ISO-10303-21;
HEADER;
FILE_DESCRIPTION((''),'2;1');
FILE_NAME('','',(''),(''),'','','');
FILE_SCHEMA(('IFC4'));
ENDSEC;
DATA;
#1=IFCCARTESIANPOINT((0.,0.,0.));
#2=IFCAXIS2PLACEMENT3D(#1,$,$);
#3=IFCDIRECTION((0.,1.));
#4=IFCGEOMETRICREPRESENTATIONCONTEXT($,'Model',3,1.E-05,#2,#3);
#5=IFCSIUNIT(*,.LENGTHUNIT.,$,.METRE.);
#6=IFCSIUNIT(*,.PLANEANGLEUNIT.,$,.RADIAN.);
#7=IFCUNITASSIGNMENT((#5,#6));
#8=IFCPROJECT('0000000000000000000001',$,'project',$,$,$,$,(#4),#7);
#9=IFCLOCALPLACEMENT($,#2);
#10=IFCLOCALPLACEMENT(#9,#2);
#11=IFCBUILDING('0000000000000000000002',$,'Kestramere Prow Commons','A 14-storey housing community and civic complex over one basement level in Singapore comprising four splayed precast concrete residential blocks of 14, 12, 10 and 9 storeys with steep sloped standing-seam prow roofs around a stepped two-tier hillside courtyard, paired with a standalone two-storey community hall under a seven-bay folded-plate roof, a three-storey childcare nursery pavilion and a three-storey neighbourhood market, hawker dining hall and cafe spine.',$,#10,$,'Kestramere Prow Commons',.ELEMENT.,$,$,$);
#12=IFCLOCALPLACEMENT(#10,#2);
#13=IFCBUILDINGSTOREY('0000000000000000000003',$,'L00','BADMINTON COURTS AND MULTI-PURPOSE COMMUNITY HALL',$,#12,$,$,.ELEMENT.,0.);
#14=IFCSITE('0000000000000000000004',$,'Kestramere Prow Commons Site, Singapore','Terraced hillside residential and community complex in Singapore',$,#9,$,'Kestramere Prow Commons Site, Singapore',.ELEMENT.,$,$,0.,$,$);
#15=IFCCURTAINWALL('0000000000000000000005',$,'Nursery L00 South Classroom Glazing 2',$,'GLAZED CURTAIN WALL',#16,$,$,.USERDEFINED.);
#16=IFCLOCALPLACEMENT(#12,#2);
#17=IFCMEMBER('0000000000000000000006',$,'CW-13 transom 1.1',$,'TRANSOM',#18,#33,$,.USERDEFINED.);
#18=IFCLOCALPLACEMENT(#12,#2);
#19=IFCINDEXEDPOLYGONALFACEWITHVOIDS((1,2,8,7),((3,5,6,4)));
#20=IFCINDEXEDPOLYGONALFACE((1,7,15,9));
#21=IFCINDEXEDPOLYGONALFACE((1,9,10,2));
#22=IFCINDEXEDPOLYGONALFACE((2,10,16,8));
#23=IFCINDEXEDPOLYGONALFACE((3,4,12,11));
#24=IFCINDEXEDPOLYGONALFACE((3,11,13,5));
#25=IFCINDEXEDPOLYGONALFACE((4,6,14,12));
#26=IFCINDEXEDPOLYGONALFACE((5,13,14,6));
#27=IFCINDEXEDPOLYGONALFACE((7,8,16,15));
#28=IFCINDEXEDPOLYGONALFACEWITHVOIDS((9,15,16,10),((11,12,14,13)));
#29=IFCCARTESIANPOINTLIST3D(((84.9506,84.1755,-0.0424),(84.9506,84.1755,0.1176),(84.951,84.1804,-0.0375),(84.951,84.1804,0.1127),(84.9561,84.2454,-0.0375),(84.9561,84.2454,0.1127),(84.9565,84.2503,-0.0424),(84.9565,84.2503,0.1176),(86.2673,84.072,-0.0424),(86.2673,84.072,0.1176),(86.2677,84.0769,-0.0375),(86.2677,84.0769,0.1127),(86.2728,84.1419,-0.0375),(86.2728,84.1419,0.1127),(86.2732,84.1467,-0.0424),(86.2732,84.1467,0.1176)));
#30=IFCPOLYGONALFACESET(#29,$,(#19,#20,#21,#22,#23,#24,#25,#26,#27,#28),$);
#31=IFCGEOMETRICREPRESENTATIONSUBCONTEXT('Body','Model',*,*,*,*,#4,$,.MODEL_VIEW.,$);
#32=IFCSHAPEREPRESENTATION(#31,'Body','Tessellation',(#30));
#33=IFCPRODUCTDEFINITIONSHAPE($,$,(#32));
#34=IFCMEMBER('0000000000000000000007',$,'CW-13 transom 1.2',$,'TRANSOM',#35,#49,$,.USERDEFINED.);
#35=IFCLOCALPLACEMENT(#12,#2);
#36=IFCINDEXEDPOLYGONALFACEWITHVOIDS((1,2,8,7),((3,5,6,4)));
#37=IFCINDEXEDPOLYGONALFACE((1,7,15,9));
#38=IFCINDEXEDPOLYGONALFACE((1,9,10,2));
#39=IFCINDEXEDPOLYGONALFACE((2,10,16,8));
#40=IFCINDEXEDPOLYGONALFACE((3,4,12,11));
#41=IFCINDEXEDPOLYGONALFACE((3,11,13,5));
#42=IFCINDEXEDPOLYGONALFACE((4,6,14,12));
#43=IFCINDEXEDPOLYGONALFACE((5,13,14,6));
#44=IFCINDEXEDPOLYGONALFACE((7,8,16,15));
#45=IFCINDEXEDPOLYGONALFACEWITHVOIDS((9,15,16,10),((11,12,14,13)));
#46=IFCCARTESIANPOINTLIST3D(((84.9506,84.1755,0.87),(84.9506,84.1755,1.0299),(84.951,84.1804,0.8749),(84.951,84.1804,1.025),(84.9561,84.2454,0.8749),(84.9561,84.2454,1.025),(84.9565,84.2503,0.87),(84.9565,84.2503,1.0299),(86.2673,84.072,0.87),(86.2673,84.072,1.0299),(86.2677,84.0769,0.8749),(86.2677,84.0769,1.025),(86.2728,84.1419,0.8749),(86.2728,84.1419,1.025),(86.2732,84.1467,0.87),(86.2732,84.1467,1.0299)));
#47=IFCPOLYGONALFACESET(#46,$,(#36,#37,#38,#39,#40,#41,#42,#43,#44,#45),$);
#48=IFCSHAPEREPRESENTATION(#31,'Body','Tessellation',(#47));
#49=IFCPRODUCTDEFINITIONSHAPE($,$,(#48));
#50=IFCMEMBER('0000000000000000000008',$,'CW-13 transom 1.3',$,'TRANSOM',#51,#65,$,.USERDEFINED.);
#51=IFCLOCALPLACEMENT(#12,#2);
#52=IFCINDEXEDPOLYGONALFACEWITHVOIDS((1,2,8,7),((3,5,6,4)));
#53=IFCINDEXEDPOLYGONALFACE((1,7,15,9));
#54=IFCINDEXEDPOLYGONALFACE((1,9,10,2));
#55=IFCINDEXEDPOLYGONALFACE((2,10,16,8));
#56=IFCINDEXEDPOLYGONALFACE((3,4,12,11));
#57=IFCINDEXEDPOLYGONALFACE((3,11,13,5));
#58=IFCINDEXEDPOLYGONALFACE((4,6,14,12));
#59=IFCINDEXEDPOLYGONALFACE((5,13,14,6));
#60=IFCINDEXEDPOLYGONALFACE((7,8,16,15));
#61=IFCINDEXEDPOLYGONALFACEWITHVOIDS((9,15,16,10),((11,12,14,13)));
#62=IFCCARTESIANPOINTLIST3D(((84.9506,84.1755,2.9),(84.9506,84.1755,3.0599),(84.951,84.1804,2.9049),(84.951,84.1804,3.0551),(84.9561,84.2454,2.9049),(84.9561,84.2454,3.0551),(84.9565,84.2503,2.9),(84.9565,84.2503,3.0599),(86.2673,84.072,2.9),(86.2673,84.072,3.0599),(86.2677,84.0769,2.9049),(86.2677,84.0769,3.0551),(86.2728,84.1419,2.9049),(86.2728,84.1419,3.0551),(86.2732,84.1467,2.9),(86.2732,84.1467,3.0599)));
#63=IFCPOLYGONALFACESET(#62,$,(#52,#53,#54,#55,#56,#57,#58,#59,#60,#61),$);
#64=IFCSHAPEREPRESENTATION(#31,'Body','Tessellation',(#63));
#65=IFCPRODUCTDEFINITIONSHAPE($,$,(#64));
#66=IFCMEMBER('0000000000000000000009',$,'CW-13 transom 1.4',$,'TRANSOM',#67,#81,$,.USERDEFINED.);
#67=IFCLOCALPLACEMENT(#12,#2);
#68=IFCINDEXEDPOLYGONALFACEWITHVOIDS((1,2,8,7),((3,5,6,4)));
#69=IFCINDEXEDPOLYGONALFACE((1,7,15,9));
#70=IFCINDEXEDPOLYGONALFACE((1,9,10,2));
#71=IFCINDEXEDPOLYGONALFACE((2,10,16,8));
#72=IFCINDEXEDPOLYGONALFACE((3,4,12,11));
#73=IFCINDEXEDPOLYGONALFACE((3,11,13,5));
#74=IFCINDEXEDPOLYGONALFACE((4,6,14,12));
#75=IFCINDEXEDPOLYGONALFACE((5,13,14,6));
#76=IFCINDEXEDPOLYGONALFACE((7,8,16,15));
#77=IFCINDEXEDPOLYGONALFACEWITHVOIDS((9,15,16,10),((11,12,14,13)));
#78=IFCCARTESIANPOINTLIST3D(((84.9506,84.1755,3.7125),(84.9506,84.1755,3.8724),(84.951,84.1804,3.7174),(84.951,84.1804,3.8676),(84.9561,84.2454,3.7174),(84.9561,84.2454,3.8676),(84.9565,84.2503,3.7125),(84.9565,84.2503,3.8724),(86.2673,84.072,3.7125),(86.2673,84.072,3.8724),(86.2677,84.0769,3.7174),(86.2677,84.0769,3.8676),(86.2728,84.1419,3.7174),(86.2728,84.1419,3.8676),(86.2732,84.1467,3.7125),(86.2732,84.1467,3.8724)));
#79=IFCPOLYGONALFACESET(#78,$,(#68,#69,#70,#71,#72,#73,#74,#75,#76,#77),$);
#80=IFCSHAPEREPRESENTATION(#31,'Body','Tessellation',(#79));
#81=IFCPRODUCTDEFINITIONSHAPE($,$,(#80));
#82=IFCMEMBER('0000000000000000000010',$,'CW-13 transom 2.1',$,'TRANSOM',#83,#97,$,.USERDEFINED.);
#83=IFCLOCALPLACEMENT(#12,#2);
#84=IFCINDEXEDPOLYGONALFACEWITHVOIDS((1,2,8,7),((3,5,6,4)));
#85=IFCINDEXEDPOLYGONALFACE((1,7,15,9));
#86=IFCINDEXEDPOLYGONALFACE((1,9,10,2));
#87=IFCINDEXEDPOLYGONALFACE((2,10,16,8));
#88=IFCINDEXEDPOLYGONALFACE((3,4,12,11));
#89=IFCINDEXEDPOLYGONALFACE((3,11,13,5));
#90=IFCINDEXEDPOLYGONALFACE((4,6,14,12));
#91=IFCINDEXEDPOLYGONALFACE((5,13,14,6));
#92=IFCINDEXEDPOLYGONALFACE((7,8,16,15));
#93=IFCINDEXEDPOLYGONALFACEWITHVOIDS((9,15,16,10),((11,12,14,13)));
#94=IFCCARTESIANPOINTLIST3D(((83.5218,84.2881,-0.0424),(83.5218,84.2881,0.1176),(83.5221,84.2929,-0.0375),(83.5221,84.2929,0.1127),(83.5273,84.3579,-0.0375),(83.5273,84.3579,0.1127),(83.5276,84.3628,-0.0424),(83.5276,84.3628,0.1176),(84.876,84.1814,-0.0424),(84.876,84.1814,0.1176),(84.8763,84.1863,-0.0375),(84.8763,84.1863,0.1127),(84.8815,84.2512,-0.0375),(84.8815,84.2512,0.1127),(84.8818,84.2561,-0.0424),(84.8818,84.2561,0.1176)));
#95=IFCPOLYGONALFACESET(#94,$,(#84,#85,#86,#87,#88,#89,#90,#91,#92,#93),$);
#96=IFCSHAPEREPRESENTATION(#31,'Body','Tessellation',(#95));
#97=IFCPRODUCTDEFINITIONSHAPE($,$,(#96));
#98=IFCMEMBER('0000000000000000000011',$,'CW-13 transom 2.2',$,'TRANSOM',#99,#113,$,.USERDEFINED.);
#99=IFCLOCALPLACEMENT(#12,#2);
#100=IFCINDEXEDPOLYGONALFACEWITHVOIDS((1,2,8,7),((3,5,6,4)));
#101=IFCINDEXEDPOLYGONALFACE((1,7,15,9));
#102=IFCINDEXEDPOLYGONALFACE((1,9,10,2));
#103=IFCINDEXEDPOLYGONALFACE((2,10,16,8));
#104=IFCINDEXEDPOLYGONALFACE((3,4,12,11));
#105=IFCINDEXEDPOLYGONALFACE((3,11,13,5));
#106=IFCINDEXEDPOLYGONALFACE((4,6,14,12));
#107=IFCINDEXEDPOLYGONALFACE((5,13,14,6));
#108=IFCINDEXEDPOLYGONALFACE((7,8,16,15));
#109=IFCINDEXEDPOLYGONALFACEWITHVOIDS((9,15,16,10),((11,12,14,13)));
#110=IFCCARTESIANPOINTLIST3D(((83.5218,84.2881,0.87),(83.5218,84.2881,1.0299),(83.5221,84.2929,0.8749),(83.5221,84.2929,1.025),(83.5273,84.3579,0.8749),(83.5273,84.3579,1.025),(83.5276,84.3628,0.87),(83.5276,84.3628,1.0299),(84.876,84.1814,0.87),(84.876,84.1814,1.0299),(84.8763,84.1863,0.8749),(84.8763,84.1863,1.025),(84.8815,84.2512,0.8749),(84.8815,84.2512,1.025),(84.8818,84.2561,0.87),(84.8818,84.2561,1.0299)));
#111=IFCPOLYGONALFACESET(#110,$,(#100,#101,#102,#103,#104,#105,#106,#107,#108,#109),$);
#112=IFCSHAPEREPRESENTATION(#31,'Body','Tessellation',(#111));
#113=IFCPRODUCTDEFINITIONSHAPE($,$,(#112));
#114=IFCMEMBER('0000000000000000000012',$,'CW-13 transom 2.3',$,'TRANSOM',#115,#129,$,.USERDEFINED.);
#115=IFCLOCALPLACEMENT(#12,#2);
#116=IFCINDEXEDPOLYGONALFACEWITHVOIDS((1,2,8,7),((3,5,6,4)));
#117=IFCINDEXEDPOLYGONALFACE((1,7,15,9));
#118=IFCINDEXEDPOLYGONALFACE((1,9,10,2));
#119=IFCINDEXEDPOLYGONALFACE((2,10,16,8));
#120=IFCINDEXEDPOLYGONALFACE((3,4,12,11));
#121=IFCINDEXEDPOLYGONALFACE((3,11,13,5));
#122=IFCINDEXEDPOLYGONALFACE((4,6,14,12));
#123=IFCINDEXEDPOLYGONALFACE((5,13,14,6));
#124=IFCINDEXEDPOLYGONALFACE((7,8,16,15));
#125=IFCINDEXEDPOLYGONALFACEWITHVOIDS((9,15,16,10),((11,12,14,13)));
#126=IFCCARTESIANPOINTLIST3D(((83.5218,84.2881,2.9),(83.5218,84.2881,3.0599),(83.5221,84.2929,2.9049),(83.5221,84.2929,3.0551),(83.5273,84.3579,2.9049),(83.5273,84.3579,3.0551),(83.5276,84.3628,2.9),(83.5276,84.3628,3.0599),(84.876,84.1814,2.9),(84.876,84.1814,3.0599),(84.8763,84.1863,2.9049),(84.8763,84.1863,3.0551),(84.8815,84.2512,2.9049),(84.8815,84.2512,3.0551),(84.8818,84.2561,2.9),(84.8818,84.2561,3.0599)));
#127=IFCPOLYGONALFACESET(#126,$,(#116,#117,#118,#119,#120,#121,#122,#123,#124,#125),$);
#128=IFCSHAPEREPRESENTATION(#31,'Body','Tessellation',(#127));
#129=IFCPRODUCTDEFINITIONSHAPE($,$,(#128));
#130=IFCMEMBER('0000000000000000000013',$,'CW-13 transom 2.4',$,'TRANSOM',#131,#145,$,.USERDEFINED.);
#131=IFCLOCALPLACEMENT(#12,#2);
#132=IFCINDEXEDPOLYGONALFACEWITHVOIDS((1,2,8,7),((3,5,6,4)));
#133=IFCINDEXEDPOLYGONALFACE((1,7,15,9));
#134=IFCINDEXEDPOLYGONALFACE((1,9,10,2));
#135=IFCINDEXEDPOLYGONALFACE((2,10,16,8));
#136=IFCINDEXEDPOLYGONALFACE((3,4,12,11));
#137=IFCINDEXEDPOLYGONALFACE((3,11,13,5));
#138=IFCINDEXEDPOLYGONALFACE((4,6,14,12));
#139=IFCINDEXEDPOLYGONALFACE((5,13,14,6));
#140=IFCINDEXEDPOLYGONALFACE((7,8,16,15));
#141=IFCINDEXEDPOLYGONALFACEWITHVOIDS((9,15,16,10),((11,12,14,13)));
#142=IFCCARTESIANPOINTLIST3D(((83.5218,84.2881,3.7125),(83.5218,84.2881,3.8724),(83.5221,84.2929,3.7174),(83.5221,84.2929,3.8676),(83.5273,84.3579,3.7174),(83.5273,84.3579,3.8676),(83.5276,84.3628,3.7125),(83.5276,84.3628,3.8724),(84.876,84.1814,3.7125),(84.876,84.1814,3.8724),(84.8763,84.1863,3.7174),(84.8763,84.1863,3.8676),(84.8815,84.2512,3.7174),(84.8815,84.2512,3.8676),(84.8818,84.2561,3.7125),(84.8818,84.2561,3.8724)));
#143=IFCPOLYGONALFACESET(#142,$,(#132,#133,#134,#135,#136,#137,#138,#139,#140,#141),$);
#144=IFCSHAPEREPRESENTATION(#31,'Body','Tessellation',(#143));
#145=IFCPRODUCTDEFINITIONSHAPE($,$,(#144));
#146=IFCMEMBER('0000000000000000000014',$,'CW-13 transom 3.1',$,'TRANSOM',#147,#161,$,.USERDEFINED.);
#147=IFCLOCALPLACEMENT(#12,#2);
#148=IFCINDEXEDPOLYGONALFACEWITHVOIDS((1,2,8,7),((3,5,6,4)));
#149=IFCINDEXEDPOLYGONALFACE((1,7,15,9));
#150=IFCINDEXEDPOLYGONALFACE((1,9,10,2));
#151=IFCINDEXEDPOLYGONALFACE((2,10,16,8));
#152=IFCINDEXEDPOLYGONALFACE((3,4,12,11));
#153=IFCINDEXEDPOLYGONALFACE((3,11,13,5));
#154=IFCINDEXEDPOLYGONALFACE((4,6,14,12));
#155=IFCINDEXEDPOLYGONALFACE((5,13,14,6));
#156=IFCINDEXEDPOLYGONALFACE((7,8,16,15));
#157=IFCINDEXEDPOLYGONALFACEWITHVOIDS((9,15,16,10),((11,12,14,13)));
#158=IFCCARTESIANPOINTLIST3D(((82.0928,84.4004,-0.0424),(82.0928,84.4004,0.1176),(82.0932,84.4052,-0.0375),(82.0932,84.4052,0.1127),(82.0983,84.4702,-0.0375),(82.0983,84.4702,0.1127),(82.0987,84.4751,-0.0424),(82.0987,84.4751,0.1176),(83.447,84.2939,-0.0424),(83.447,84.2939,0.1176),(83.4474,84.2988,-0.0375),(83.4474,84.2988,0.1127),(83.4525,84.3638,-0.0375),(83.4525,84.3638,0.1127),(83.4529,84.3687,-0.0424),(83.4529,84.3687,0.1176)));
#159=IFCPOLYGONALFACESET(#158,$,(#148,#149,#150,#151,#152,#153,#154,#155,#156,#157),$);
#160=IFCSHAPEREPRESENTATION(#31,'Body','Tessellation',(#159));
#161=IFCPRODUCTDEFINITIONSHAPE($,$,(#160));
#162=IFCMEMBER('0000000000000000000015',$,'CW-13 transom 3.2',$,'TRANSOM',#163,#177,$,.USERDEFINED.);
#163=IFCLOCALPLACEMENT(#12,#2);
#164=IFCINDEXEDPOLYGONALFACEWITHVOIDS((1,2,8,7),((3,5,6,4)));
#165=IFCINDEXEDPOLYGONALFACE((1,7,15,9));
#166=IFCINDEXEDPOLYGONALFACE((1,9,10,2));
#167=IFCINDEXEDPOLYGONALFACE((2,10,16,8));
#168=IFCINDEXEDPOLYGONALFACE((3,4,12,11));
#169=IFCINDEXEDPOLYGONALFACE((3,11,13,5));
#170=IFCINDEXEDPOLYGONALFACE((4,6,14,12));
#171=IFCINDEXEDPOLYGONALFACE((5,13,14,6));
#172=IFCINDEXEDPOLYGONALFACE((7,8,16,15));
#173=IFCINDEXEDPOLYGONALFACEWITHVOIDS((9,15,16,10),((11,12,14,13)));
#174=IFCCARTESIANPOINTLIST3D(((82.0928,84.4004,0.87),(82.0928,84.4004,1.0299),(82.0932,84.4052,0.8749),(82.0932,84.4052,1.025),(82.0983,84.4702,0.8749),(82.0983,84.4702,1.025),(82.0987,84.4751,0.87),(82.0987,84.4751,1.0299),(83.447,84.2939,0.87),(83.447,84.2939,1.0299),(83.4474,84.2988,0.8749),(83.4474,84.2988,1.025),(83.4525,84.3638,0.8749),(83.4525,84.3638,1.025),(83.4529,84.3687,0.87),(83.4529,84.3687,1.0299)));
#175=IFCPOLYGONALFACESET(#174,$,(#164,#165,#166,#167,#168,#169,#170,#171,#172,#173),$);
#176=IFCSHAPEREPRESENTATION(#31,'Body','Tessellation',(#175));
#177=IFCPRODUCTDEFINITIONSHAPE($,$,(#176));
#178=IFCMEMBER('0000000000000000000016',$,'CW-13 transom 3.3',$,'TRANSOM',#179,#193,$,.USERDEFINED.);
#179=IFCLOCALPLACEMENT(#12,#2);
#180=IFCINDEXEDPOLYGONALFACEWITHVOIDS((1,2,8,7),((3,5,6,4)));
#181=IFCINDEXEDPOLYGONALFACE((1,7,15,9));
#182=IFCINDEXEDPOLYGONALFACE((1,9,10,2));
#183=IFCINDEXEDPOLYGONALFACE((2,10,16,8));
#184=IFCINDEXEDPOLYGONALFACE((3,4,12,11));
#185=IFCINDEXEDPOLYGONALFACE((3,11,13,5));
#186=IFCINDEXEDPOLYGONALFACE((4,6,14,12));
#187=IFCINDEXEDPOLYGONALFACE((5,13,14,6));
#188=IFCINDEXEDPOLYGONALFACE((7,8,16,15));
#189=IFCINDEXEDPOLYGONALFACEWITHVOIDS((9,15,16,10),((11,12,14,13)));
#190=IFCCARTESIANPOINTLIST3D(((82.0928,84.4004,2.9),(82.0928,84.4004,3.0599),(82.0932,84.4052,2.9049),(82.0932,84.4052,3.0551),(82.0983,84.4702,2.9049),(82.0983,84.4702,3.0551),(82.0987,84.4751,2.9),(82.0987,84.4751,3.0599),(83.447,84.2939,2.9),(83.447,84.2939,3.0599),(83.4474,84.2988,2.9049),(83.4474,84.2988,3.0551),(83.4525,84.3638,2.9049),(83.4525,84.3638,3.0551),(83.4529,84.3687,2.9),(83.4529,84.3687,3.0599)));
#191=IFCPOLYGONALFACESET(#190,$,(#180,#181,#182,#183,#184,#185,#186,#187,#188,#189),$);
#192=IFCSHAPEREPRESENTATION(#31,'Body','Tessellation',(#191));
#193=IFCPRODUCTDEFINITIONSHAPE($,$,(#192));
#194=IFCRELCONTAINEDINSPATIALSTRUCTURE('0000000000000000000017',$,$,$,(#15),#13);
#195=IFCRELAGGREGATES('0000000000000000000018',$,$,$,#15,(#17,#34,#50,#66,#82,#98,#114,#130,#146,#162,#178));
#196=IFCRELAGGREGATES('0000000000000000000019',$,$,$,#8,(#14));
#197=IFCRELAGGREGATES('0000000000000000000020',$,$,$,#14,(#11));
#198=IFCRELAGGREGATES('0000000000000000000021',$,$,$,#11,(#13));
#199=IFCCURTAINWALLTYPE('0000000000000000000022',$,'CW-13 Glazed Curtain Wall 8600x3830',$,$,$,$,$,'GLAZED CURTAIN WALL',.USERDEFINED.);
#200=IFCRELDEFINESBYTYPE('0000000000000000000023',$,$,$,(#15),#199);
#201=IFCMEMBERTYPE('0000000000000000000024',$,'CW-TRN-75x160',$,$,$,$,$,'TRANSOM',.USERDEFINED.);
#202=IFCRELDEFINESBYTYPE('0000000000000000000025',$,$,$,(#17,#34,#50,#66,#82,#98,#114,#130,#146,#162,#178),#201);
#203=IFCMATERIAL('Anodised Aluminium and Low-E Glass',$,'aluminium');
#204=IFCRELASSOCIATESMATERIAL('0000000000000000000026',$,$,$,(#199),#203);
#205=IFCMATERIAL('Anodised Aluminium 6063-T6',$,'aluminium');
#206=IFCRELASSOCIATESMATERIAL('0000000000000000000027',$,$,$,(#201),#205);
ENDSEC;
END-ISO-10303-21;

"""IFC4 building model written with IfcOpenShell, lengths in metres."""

from ifc_helpers import new_model, si_unit, direction, frame, origin, origin_2d, place, context, subcontext, project, spatial, hollow_rectangle, extrude, material, material_profile, profile_set, type_object, element, aggregate, save


model = new_model("IFC4")

# Units and contexts
model_context = context("Model", 3, precision=1e-05, world=origin(), true_north=direction((0.0, 1.0)))
body_context = subcontext(model_context, "Body", "Model", "MODEL_VIEW")
ifc_project = project(units=[si_unit("LENGTHUNIT", "METRE"), si_unit("PLANEANGLEUNIT", "RADIAN")], contexts=[model_context])

# Site, building, storey
site_placement = place(None, origin())
site = spatial("IfcSite", under=ifc_project, at=site_placement, Name="Kestramere Prow Commons Site, Singapore", Description="Terraced hillside residential and community complex in Singapore", LongName="Kestramere Prow Commons Site, Singapore", CompositionType="ELEMENT", RefElevation=0.0)
building_placement = place(site_placement, origin())
building = spatial("IfcBuilding", under=site, at=building_placement, Name="Kestramere Prow Commons", Description="A 14-storey housing community and civic complex over one basement level in Singapore comprising four splayed precast concrete residential blocks of 14, 12, 10 and 9 storeys with steep sloped standing-seam prow roofs around a stepped two-tier hillside courtyard, paired with a standalone two-storey community hall under a seven-bay folded-plate roof, a three-storey childcare nursery pavilion and a three-storey neighbourhood market, hawker dining hall and cafe spine.", LongName="Kestramere Prow Commons", CompositionType="ELEMENT")
storey_placement = place(building_placement, origin())
storey = spatial("IfcBuildingStorey", under=building, at=storey_placement, Name="L00", Description="BADMINTON COURTS AND MULTI-PURPOSE COMMUNITY HALL", CompositionType="ELEMENT", Elevation=0.0)

# Curtain wall, members
ifc_material_1 = material(Name="Anodised Aluminium and Low-E Glass", Category="aluminium")
curtain_wall_type = type_object("IfcCurtainWallType", Name="CW-13 Glazed Curtain Wall 8600x3830", ElementType="GLAZED CURTAIN WALL", PredefinedType="USERDEFINED", material=ifc_material_1)
curtain_wall_placement = place(storey_placement, origin())
curtain_wall = element("IfcCurtainWall", 1, at=curtain_wall_placement, inside=storey, type_object=curtain_wall_type, Name="Nursery L00 South Classroom Glazing 2", ObjectType="GLAZED CURTAIN WALL", PredefinedType="USERDEFINED")
ifc_material_2 = material(Name="Anodised Aluminium 6063-T6", Category="aluminium")
ifc_material_profile_1 = material_profile(ifc_material_2, hollow_rectangle(XDim=0.075, YDim=0.1599, WallThickness=0.0049, at=origin_2d()), Name="ALU-TRN 75x160")
ifc_profile_set_1 = profile_set([ifc_material_profile_1], Name="Anodised Aluminium 6063-T6")
member_type_1 = type_object("IfcMemberType", Name="CW-TRN-75x160", ElementType="TRANSOM", PredefinedType="USERDEFINED", material=ifc_profile_set_1)
member_1_placement = place(storey_placement, frame((86.2703, 84.1094, 0.0376), z_axis=(-0.996924, 0.078379, 0.0), x_axis=(-0.078379, -0.996924, 0.0)))
member_1 = element("IfcMember", 2, at=member_1_placement, type_object=member_type_1, Name="CW-13 transom 1.1", ObjectType="TRANSOM", PredefinedType="USERDEFINED", context=body_context, shape_type="SweptSolid", body=[
    extrude(hollow_rectangle(XDim=0.075, YDim=0.1599, WallThickness=0.0049, at=origin_2d()), origin(), (0.0, 0.0, 1.0), 1.3208),
])
member_2_placement = place(storey_placement, frame((86.2703, 84.1094, 0.95), z_axis=(-0.996924, 0.078379, 0.0), x_axis=(-0.078379, -0.996924, 0.0)))
member_2 = element("IfcMember", 3, at=member_2_placement, type_object=member_type_1, Name="CW-13 transom 1.2", ObjectType="TRANSOM", PredefinedType="USERDEFINED", context=body_context, shape_type="SweptSolid", body=[
    extrude(hollow_rectangle(XDim=0.075, YDim=0.1599, WallThickness=0.0049, at=origin_2d()), origin(), (0.0, 0.0, 1.0), 1.3208),
])
member_3_placement = place(storey_placement, frame((86.2703, 84.1094, 2.98), z_axis=(-0.996924, 0.078379, 0.0), x_axis=(-0.078379, -0.996924, 0.0)))
member_3 = element("IfcMember", 4, at=member_3_placement, type_object=member_type_1, Name="CW-13 transom 1.3", ObjectType="TRANSOM", PredefinedType="USERDEFINED", context=body_context, shape_type="SweptSolid", body=[
    extrude(hollow_rectangle(XDim=0.075, YDim=0.1599, WallThickness=0.0049, at=origin_2d()), origin(), (0.0, 0.0, 1.0), 1.3208),
])
member_4_placement = place(storey_placement, frame((86.2703, 84.1094, 3.7925), z_axis=(-0.996924, 0.078379, 0.0), x_axis=(-0.078379, -0.996924, 0.0)))
member_4 = element("IfcMember", 5, at=member_4_placement, type_object=member_type_1, Name="CW-13 transom 1.4", ObjectType="TRANSOM", PredefinedType="USERDEFINED", context=body_context, shape_type="SweptSolid", body=[
    extrude(hollow_rectangle(XDim=0.075, YDim=0.1599, WallThickness=0.0049, at=origin_2d()), origin(), (0.0, 0.0, 1.0), 1.3208),
])
member_5_placement = place(storey_placement, frame((84.8789, 84.2188, 0.0376), z_axis=(-0.996911, 0.078538, 0.0), x_axis=(-0.078538, -0.996911, 0.0)))
member_5 = element("IfcMember", 6, at=member_5_placement, type_object=member_type_1, Name="CW-13 transom 2.1", ObjectType="TRANSOM", PredefinedType="USERDEFINED", context=body_context, shape_type="SweptSolid", body=[
    extrude(hollow_rectangle(XDim=0.075, YDim=0.1599, WallThickness=0.0049, at=origin_2d()), origin(), (0.0, 0.0, 1.0), 1.3584),
])
member_6_placement = place(storey_placement, frame((84.8789, 84.2188, 0.95), z_axis=(-0.996911, 0.078538, 0.0), x_axis=(-0.078538, -0.996911, 0.0)))
member_6 = element("IfcMember", 7, at=member_6_placement, type_object=member_type_1, Name="CW-13 transom 2.2", ObjectType="TRANSOM", PredefinedType="USERDEFINED", context=body_context, shape_type="SweptSolid", body=[
    extrude(hollow_rectangle(XDim=0.075, YDim=0.1599, WallThickness=0.0049, at=origin_2d()), origin(), (0.0, 0.0, 1.0), 1.3584),
])
member_7_placement = place(storey_placement, frame((84.8789, 84.2188, 2.98), z_axis=(-0.996911, 0.078538, 0.0), x_axis=(-0.078538, -0.996911, 0.0)))
member_7 = element("IfcMember", 8, at=member_7_placement, type_object=member_type_1, Name="CW-13 transom 2.3", ObjectType="TRANSOM", PredefinedType="USERDEFINED", context=body_context, shape_type="SweptSolid", body=[
    extrude(hollow_rectangle(XDim=0.075, YDim=0.1599, WallThickness=0.0049, at=origin_2d()), origin(), (0.0, 0.0, 1.0), 1.3584),
])
member_8_placement = place(storey_placement, frame((84.8789, 84.2188, 3.7925), z_axis=(-0.996911, 0.078538, 0.0), x_axis=(-0.078538, -0.996911, 0.0)))
member_8 = element("IfcMember", 9, at=member_8_placement, type_object=member_type_1, Name="CW-13 transom 2.4", ObjectType="TRANSOM", PredefinedType="USERDEFINED", context=body_context, shape_type="SweptSolid", body=[
    extrude(hollow_rectangle(XDim=0.075, YDim=0.1599, WallThickness=0.0049, at=origin_2d()), origin(), (0.0, 0.0, 1.0), 1.3584),
])
member_9_placement = place(storey_placement, frame((83.45, 84.3313, 0.0376), z_axis=(-0.996925, 0.078359, 0.0), x_axis=(-0.078359, -0.996925, 0.0)))
member_9 = element("IfcMember", 10, at=member_9_placement, type_object=member_type_1, Name="CW-13 transom 3.1", ObjectType="TRANSOM", PredefinedType="USERDEFINED", context=body_context, shape_type="SweptSolid", body=[
    extrude(hollow_rectangle(XDim=0.075, YDim=0.1599, WallThickness=0.0049, at=origin_2d()), origin(), (0.0, 0.0, 1.0), 1.3584),
])
member_10_placement = place(storey_placement, frame((83.45, 84.3313, 0.95), z_axis=(-0.996925, 0.078359, 0.0), x_axis=(-0.078359, -0.996925, 0.0)))
member_10 = element("IfcMember", 11, at=member_10_placement, type_object=member_type_1, Name="CW-13 transom 3.2", ObjectType="TRANSOM", PredefinedType="USERDEFINED", context=body_context, shape_type="SweptSolid", body=[
    extrude(hollow_rectangle(XDim=0.075, YDim=0.1599, WallThickness=0.0049, at=origin_2d()), origin(), (0.0, 0.0, 1.0), 1.3584),
])
member_11_placement = place(storey_placement, frame((83.45, 84.3313, 2.98), z_axis=(-0.996925, 0.078359, 0.0), x_axis=(-0.078359, -0.996925, 0.0)))
member_11 = element("IfcMember", 12, at=member_11_placement, type_object=member_type_1, Name="CW-13 transom 3.3", ObjectType="TRANSOM", PredefinedType="USERDEFINED", context=body_context, shape_type="SweptSolid", body=[
    extrude(hollow_rectangle(XDim=0.075, YDim=0.1599, WallThickness=0.0049, at=origin_2d()), origin(), (0.0, 0.0, 1.0), 1.3584),
])
aggregate(curtain_wall, [member_1, member_2, member_3, member_4, member_5, member_6, member_7, member_8, member_9, member_10, member_11])

save(model, "model.ifc")
